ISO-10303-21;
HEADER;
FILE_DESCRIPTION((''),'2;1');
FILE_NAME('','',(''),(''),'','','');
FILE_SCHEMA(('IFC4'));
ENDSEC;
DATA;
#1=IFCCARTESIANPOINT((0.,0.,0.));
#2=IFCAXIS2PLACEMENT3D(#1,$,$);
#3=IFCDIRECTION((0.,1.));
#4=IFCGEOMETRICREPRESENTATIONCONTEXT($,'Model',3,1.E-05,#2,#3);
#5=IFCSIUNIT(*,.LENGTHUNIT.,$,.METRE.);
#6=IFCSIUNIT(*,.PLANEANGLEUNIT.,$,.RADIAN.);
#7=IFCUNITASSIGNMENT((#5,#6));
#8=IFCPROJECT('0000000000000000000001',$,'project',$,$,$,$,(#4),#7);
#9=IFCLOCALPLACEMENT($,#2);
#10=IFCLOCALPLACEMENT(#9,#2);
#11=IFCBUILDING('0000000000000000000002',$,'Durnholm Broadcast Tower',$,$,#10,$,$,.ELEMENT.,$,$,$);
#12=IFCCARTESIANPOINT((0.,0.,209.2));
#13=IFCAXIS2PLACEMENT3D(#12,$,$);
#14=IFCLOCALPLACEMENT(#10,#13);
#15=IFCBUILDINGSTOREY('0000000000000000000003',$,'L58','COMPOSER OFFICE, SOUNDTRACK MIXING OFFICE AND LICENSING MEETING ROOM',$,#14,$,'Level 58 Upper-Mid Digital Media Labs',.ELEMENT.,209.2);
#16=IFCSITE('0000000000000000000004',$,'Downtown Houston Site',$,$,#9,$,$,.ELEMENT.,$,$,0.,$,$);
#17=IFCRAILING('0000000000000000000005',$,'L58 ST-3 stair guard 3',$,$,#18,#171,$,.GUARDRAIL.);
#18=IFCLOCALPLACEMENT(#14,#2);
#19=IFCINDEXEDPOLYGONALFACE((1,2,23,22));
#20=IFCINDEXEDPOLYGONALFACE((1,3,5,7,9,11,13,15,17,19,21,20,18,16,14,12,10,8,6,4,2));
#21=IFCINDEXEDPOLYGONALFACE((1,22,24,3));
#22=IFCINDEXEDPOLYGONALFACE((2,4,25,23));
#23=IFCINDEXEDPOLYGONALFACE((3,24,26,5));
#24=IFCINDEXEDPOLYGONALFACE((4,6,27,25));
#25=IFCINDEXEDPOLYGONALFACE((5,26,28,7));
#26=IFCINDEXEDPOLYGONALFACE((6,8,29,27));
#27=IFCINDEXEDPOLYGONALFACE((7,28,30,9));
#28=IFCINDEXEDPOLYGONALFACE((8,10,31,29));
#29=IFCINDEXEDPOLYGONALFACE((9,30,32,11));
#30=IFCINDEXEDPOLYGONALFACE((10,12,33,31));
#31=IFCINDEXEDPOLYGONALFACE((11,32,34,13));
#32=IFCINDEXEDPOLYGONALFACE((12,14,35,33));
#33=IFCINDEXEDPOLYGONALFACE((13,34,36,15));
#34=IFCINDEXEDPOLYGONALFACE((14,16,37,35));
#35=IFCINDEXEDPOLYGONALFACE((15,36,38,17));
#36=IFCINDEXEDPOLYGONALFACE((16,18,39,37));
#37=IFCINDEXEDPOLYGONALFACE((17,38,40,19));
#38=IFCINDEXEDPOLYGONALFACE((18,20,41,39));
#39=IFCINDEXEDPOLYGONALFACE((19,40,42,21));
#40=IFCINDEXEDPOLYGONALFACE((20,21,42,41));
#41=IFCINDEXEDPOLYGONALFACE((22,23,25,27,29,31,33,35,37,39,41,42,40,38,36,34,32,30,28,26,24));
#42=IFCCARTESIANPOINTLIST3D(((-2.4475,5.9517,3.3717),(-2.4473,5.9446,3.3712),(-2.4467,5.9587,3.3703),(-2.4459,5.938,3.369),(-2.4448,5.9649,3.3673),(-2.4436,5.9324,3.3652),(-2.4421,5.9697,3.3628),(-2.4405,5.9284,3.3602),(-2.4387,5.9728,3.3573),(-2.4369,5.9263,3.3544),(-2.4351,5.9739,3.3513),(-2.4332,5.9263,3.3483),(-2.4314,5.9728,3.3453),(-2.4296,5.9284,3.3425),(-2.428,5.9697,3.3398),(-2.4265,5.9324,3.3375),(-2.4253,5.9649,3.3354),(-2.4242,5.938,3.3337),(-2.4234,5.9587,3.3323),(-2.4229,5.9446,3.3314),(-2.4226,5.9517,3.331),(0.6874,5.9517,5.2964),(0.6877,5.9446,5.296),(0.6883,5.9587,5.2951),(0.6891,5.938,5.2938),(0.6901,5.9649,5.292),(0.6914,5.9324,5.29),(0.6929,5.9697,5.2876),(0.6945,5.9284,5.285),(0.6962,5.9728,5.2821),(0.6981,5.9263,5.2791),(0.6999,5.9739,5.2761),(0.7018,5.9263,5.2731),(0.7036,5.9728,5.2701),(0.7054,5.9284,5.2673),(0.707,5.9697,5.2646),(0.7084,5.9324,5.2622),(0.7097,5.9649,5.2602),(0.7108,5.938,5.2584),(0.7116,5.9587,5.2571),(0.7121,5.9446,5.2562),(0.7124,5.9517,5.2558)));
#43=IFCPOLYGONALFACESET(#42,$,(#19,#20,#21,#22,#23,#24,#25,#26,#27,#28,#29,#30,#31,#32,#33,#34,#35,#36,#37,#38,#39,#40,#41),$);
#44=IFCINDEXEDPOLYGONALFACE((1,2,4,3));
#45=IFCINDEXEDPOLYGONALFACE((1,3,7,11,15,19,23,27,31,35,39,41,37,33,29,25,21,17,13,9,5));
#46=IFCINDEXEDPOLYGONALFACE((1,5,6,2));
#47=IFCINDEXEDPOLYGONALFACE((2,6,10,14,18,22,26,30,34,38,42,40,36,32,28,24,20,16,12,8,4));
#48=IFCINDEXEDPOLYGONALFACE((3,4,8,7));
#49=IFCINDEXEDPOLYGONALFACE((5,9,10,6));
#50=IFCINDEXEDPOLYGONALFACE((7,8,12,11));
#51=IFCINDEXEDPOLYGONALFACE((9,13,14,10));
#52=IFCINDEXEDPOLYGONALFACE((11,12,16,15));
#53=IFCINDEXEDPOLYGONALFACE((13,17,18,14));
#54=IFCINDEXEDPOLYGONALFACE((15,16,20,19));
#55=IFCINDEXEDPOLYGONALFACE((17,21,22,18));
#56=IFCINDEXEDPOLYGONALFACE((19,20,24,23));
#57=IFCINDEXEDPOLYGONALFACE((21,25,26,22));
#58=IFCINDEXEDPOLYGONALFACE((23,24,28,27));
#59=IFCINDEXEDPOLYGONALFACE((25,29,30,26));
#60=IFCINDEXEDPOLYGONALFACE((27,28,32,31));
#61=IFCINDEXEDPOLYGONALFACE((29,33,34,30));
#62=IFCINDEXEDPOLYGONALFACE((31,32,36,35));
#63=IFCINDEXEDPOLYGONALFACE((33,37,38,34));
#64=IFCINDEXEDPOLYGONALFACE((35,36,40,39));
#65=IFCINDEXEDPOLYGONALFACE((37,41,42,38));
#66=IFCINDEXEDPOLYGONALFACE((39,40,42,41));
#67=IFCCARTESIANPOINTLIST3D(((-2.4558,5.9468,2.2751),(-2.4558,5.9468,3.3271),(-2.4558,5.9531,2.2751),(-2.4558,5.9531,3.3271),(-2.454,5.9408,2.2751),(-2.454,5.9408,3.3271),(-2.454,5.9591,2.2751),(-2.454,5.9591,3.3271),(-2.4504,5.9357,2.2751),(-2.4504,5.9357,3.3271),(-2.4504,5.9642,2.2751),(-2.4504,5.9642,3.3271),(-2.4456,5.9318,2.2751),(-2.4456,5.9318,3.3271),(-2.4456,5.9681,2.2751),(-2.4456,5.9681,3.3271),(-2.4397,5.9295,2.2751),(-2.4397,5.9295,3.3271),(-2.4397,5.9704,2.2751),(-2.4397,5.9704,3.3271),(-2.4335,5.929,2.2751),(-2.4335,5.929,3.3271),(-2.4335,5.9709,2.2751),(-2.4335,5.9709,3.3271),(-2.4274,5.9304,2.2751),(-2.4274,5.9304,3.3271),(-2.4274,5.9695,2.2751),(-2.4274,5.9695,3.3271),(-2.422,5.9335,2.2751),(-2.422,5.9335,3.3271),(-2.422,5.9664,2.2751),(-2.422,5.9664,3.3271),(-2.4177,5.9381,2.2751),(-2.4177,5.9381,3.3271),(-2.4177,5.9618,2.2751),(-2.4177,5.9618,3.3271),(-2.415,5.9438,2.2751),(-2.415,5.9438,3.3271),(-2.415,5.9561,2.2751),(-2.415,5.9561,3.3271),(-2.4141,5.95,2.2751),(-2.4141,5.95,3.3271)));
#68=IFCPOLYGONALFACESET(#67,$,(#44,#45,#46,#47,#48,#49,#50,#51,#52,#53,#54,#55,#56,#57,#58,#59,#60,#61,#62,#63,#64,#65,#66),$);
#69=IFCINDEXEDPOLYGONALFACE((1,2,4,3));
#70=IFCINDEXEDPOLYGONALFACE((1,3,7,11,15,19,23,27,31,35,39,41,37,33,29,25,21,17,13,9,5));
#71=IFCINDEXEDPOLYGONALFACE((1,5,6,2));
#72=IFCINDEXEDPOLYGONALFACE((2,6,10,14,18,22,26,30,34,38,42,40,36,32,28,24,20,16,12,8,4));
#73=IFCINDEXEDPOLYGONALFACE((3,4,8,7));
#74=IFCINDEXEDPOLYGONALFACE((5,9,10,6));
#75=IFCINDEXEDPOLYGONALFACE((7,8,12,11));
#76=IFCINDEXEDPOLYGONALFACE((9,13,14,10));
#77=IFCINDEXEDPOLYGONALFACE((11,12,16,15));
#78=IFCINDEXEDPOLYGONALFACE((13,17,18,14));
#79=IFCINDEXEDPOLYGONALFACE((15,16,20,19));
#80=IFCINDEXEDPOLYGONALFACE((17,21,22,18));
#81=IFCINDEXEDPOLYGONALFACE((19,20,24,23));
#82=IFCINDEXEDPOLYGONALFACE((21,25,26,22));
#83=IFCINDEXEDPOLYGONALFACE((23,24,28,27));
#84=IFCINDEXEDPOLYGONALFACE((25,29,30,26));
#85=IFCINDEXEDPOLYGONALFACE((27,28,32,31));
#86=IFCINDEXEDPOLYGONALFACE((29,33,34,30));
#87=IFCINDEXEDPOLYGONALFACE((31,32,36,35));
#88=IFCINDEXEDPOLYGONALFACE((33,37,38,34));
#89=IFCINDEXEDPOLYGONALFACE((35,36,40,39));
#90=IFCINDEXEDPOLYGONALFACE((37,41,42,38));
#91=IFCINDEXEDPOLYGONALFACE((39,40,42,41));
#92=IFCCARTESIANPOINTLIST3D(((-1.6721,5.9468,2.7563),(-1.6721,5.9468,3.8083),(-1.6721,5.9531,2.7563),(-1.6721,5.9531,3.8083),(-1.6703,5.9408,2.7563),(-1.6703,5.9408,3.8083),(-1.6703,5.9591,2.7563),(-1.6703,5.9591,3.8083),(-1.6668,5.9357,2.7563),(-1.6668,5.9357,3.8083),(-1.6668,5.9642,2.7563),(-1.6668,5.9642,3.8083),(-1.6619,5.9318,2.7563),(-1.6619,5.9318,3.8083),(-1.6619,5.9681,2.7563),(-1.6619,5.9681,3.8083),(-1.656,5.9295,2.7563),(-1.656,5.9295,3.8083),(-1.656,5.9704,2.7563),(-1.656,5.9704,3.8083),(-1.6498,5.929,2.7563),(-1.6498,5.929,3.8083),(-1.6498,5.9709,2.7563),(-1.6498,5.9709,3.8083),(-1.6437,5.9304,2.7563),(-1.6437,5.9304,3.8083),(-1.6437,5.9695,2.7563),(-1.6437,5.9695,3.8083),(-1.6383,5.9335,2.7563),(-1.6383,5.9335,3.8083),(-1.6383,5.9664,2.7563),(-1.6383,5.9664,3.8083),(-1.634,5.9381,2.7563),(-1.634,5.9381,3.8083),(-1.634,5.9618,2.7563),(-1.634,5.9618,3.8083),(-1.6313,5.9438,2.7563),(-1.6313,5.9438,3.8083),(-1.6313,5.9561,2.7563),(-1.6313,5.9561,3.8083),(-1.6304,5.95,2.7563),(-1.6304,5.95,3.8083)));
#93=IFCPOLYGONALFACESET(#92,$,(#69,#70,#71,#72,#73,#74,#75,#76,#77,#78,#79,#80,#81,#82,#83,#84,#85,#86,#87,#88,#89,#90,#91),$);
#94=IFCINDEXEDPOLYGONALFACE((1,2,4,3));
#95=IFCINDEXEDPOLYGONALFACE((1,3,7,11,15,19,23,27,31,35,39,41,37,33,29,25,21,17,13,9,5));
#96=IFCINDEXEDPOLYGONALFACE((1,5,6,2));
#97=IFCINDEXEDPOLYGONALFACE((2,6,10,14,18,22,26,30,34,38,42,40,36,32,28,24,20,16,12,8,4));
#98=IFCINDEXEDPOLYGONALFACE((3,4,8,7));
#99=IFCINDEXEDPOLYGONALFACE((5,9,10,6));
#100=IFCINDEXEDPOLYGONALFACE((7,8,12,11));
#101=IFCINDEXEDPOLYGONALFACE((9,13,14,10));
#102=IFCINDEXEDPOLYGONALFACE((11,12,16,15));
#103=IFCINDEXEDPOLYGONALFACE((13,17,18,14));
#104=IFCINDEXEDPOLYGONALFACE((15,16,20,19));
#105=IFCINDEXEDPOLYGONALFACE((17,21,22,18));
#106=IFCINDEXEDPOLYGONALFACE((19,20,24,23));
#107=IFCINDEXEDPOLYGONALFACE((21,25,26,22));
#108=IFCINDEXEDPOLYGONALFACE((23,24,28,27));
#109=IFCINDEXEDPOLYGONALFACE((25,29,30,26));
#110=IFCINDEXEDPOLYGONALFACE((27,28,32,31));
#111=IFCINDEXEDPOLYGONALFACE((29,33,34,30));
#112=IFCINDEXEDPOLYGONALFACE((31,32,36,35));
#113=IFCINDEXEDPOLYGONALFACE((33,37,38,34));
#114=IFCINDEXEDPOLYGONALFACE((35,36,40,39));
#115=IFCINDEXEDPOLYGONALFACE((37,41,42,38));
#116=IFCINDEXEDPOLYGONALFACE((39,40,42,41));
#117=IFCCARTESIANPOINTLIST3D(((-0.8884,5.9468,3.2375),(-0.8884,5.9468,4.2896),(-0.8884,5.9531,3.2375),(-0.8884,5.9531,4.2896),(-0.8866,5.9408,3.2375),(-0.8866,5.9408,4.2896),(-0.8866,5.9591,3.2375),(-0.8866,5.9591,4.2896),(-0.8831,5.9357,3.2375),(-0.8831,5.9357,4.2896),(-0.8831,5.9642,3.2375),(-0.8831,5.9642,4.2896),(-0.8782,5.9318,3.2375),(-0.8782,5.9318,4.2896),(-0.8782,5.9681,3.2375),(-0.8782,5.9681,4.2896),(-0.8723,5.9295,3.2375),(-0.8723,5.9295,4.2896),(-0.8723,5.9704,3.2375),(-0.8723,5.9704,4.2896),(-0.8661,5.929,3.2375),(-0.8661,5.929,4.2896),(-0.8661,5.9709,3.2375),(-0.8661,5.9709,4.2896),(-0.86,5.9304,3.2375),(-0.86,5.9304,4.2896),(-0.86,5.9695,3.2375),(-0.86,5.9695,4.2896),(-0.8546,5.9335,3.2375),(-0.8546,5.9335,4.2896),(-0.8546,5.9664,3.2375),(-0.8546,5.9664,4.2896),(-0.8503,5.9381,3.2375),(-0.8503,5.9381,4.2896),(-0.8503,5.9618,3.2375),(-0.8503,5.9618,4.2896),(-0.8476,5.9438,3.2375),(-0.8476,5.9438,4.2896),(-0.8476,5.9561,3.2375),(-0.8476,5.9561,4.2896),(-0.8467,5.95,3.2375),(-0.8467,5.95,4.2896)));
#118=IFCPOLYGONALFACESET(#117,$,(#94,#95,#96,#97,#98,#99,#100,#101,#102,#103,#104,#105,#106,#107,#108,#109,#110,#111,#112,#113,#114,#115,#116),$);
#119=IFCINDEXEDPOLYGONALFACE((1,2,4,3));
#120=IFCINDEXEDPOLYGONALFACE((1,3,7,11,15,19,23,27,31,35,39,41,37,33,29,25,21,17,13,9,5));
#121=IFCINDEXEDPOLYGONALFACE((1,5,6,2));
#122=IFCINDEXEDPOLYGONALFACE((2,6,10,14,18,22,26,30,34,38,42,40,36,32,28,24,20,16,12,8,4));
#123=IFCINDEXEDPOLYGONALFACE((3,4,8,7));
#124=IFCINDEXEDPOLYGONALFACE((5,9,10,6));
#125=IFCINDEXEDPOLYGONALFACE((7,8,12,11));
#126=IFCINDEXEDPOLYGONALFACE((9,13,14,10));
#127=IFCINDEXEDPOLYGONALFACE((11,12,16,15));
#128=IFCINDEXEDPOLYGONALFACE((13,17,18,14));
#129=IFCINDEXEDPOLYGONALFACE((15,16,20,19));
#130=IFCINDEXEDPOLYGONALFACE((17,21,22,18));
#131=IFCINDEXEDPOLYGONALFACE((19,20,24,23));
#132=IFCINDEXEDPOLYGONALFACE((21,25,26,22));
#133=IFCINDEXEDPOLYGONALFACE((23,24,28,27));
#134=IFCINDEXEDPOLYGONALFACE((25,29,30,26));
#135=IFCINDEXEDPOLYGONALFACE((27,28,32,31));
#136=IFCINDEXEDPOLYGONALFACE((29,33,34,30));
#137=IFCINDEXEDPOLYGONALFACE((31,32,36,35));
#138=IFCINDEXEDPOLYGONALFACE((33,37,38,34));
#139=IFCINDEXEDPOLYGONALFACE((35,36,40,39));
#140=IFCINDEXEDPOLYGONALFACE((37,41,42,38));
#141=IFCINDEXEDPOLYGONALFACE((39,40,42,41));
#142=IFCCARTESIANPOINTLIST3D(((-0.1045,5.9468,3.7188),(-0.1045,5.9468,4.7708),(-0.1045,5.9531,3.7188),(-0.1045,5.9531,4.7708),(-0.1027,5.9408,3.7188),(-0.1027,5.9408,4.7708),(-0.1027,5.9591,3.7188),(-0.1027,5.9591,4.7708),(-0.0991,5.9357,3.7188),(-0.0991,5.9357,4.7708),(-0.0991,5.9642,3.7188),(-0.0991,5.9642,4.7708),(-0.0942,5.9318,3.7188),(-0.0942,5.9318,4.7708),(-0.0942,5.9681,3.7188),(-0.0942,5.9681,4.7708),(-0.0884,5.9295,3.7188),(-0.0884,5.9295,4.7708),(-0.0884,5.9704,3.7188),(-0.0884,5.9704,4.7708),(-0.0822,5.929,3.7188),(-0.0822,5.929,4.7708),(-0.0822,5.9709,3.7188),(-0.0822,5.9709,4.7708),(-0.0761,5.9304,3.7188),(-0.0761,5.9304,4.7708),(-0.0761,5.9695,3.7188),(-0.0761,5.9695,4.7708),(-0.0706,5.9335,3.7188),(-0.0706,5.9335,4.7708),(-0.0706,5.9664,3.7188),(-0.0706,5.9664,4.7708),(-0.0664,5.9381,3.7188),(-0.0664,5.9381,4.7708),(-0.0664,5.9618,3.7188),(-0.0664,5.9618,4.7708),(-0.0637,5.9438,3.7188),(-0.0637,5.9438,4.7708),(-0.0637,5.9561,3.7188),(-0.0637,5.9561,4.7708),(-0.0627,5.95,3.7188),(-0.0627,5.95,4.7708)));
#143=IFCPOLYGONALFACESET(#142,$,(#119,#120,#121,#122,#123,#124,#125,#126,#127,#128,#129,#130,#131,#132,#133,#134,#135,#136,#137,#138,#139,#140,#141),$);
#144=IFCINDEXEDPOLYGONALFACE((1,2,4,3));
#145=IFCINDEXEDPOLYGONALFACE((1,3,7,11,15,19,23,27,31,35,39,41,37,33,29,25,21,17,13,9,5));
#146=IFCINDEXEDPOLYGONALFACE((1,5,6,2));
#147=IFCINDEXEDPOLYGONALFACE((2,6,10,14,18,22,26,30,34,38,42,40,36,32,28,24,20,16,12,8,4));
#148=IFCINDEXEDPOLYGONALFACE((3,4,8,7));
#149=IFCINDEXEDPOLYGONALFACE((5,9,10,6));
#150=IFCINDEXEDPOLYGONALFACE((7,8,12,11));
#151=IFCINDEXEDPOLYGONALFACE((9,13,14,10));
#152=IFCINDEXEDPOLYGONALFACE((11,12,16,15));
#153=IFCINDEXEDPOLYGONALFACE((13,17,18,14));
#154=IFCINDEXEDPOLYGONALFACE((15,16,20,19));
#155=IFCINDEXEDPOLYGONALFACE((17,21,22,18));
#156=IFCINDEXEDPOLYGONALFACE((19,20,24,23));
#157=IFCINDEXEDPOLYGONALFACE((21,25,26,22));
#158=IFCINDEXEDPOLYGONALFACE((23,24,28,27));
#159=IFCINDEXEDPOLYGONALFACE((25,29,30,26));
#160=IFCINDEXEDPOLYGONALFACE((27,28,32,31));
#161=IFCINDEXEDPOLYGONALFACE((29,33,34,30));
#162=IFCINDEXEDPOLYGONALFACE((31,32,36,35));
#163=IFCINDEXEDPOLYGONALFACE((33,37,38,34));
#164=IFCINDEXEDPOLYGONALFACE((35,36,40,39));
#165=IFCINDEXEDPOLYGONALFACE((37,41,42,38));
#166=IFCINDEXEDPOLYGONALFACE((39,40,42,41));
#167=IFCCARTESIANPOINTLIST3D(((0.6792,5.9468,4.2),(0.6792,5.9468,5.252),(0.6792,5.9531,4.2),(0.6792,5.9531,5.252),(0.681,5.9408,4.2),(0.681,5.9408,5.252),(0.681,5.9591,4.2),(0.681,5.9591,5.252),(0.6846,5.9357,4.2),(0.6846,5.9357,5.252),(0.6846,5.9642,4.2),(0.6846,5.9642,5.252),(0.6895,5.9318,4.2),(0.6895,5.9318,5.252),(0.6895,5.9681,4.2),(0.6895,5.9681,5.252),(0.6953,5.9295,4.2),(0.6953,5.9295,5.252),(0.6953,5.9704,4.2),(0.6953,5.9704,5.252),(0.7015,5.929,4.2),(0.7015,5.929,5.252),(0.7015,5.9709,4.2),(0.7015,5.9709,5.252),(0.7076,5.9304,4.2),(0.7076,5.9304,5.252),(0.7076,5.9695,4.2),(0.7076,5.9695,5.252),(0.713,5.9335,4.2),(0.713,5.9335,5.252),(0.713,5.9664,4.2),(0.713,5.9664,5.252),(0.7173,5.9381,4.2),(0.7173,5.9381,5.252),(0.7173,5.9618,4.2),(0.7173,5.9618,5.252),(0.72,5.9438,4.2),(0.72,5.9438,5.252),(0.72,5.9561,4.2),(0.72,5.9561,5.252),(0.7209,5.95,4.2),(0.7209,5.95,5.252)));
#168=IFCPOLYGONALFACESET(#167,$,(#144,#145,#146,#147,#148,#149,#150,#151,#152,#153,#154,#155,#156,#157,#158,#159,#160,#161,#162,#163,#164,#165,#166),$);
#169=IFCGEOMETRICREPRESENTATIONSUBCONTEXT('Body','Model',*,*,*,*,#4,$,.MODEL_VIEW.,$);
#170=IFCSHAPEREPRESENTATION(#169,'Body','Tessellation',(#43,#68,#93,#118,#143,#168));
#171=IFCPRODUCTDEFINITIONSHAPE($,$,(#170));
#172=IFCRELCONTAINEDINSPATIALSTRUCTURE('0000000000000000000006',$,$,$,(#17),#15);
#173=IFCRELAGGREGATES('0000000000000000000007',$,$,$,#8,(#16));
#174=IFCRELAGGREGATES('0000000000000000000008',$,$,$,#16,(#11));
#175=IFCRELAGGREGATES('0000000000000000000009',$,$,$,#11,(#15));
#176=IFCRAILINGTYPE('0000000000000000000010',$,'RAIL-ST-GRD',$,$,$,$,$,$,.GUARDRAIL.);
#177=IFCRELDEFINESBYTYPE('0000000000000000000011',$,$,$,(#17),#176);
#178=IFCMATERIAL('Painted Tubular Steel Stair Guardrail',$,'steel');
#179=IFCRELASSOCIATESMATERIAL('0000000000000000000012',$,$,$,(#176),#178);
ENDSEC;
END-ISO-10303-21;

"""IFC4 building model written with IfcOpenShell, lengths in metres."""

from ifc_helpers import new_model, si_unit, direction, frame, origin, origin_2d, place, context, subcontext, project, spatial, circle, extrude, material, type_object, element, save


model = new_model("IFC4")

# Units and contexts
model_context = context("Model", 3, precision=1e-05, world=origin(), true_north=direction((0.0, 1.0)))
body_context = subcontext(model_context, "Body", "Model", "MODEL_VIEW")
ifc_project = project(units=[si_unit("LENGTHUNIT", "METRE"), si_unit("PLANEANGLEUNIT", "RADIAN")], contexts=[model_context])

# Site, building, storey
site_placement = place(None, origin())
site = spatial("IfcSite", under=ifc_project, at=site_placement, Name="Downtown Houston Site", CompositionType="ELEMENT", RefElevation=0.0)
building_placement = place(site_placement, origin())
building = spatial("IfcBuilding", under=site, at=building_placement, Name="Durnholm Broadcast Tower", CompositionType="ELEMENT")
storey_placement = place(building_placement, frame((0.0, 0.0, 209.2)))
storey = spatial("IfcBuildingStorey", under=building, at=storey_placement, Name="L58", Description="COMPOSER OFFICE, SOUNDTRACK MIXING OFFICE AND LICENSING MEETING ROOM", LongName="Level 58 Upper-Mid Digital Media Labs", CompositionType="ELEMENT", Elevation=209.2)

# Railing
ifc_material_1 = material(Name="Painted Tubular Steel Stair Guardrail", Category="steel")
railing_type_1 = type_object("IfcRailingType", Name="RAIL-ST-GRD", PredefinedType="GUARDRAIL", material=ifc_material_1)
railing_1_placement = place(storey_placement, frame((-2.4351, 5.95, 2.2751)))
element("IfcRailing", 1, at=railing_1_placement, inside=storey, type_object=railing_type_1, Name="L58 ST-3 stair guard 3", PredefinedType="GUARDRAIL", context=body_context, shape_type="SweptSolid", body=[
    extrude(circle(Radius=0.0239, at=origin_2d()), frame((0.0, 0.0, 1.0762), z_axis=(0.852196, 0.0, 0.523223), x_axis=(0.0, 1.0, 0.0)), (0.0, 0.0, 1.0), 3.6787),
    extrude(circle(Radius=0.021, at=origin_2d()), origin(), (0.0, 0.0, 1.0), 1.052),
    extrude(circle(Radius=0.021, at=origin_2d()), frame((0.7837, 0.0, 0.4812)), (0.0, 0.0, 1.0), 1.052),
    extrude(circle(Radius=0.021, at=origin_2d()), frame((1.5674, 0.0, 0.9624)), (0.0, 0.0, 1.0), 1.052),
    extrude(circle(Radius=0.021, at=origin_2d()), frame((2.3513, 0.0, 1.4436)), (0.0, 0.0, 1.0), 1.052),
    extrude(circle(Radius=0.021, at=origin_2d()), frame((3.135, 0.0, 1.9248)), (0.0, 0.0, 1.0), 1.052),
])

save(model, "model.ifc")
